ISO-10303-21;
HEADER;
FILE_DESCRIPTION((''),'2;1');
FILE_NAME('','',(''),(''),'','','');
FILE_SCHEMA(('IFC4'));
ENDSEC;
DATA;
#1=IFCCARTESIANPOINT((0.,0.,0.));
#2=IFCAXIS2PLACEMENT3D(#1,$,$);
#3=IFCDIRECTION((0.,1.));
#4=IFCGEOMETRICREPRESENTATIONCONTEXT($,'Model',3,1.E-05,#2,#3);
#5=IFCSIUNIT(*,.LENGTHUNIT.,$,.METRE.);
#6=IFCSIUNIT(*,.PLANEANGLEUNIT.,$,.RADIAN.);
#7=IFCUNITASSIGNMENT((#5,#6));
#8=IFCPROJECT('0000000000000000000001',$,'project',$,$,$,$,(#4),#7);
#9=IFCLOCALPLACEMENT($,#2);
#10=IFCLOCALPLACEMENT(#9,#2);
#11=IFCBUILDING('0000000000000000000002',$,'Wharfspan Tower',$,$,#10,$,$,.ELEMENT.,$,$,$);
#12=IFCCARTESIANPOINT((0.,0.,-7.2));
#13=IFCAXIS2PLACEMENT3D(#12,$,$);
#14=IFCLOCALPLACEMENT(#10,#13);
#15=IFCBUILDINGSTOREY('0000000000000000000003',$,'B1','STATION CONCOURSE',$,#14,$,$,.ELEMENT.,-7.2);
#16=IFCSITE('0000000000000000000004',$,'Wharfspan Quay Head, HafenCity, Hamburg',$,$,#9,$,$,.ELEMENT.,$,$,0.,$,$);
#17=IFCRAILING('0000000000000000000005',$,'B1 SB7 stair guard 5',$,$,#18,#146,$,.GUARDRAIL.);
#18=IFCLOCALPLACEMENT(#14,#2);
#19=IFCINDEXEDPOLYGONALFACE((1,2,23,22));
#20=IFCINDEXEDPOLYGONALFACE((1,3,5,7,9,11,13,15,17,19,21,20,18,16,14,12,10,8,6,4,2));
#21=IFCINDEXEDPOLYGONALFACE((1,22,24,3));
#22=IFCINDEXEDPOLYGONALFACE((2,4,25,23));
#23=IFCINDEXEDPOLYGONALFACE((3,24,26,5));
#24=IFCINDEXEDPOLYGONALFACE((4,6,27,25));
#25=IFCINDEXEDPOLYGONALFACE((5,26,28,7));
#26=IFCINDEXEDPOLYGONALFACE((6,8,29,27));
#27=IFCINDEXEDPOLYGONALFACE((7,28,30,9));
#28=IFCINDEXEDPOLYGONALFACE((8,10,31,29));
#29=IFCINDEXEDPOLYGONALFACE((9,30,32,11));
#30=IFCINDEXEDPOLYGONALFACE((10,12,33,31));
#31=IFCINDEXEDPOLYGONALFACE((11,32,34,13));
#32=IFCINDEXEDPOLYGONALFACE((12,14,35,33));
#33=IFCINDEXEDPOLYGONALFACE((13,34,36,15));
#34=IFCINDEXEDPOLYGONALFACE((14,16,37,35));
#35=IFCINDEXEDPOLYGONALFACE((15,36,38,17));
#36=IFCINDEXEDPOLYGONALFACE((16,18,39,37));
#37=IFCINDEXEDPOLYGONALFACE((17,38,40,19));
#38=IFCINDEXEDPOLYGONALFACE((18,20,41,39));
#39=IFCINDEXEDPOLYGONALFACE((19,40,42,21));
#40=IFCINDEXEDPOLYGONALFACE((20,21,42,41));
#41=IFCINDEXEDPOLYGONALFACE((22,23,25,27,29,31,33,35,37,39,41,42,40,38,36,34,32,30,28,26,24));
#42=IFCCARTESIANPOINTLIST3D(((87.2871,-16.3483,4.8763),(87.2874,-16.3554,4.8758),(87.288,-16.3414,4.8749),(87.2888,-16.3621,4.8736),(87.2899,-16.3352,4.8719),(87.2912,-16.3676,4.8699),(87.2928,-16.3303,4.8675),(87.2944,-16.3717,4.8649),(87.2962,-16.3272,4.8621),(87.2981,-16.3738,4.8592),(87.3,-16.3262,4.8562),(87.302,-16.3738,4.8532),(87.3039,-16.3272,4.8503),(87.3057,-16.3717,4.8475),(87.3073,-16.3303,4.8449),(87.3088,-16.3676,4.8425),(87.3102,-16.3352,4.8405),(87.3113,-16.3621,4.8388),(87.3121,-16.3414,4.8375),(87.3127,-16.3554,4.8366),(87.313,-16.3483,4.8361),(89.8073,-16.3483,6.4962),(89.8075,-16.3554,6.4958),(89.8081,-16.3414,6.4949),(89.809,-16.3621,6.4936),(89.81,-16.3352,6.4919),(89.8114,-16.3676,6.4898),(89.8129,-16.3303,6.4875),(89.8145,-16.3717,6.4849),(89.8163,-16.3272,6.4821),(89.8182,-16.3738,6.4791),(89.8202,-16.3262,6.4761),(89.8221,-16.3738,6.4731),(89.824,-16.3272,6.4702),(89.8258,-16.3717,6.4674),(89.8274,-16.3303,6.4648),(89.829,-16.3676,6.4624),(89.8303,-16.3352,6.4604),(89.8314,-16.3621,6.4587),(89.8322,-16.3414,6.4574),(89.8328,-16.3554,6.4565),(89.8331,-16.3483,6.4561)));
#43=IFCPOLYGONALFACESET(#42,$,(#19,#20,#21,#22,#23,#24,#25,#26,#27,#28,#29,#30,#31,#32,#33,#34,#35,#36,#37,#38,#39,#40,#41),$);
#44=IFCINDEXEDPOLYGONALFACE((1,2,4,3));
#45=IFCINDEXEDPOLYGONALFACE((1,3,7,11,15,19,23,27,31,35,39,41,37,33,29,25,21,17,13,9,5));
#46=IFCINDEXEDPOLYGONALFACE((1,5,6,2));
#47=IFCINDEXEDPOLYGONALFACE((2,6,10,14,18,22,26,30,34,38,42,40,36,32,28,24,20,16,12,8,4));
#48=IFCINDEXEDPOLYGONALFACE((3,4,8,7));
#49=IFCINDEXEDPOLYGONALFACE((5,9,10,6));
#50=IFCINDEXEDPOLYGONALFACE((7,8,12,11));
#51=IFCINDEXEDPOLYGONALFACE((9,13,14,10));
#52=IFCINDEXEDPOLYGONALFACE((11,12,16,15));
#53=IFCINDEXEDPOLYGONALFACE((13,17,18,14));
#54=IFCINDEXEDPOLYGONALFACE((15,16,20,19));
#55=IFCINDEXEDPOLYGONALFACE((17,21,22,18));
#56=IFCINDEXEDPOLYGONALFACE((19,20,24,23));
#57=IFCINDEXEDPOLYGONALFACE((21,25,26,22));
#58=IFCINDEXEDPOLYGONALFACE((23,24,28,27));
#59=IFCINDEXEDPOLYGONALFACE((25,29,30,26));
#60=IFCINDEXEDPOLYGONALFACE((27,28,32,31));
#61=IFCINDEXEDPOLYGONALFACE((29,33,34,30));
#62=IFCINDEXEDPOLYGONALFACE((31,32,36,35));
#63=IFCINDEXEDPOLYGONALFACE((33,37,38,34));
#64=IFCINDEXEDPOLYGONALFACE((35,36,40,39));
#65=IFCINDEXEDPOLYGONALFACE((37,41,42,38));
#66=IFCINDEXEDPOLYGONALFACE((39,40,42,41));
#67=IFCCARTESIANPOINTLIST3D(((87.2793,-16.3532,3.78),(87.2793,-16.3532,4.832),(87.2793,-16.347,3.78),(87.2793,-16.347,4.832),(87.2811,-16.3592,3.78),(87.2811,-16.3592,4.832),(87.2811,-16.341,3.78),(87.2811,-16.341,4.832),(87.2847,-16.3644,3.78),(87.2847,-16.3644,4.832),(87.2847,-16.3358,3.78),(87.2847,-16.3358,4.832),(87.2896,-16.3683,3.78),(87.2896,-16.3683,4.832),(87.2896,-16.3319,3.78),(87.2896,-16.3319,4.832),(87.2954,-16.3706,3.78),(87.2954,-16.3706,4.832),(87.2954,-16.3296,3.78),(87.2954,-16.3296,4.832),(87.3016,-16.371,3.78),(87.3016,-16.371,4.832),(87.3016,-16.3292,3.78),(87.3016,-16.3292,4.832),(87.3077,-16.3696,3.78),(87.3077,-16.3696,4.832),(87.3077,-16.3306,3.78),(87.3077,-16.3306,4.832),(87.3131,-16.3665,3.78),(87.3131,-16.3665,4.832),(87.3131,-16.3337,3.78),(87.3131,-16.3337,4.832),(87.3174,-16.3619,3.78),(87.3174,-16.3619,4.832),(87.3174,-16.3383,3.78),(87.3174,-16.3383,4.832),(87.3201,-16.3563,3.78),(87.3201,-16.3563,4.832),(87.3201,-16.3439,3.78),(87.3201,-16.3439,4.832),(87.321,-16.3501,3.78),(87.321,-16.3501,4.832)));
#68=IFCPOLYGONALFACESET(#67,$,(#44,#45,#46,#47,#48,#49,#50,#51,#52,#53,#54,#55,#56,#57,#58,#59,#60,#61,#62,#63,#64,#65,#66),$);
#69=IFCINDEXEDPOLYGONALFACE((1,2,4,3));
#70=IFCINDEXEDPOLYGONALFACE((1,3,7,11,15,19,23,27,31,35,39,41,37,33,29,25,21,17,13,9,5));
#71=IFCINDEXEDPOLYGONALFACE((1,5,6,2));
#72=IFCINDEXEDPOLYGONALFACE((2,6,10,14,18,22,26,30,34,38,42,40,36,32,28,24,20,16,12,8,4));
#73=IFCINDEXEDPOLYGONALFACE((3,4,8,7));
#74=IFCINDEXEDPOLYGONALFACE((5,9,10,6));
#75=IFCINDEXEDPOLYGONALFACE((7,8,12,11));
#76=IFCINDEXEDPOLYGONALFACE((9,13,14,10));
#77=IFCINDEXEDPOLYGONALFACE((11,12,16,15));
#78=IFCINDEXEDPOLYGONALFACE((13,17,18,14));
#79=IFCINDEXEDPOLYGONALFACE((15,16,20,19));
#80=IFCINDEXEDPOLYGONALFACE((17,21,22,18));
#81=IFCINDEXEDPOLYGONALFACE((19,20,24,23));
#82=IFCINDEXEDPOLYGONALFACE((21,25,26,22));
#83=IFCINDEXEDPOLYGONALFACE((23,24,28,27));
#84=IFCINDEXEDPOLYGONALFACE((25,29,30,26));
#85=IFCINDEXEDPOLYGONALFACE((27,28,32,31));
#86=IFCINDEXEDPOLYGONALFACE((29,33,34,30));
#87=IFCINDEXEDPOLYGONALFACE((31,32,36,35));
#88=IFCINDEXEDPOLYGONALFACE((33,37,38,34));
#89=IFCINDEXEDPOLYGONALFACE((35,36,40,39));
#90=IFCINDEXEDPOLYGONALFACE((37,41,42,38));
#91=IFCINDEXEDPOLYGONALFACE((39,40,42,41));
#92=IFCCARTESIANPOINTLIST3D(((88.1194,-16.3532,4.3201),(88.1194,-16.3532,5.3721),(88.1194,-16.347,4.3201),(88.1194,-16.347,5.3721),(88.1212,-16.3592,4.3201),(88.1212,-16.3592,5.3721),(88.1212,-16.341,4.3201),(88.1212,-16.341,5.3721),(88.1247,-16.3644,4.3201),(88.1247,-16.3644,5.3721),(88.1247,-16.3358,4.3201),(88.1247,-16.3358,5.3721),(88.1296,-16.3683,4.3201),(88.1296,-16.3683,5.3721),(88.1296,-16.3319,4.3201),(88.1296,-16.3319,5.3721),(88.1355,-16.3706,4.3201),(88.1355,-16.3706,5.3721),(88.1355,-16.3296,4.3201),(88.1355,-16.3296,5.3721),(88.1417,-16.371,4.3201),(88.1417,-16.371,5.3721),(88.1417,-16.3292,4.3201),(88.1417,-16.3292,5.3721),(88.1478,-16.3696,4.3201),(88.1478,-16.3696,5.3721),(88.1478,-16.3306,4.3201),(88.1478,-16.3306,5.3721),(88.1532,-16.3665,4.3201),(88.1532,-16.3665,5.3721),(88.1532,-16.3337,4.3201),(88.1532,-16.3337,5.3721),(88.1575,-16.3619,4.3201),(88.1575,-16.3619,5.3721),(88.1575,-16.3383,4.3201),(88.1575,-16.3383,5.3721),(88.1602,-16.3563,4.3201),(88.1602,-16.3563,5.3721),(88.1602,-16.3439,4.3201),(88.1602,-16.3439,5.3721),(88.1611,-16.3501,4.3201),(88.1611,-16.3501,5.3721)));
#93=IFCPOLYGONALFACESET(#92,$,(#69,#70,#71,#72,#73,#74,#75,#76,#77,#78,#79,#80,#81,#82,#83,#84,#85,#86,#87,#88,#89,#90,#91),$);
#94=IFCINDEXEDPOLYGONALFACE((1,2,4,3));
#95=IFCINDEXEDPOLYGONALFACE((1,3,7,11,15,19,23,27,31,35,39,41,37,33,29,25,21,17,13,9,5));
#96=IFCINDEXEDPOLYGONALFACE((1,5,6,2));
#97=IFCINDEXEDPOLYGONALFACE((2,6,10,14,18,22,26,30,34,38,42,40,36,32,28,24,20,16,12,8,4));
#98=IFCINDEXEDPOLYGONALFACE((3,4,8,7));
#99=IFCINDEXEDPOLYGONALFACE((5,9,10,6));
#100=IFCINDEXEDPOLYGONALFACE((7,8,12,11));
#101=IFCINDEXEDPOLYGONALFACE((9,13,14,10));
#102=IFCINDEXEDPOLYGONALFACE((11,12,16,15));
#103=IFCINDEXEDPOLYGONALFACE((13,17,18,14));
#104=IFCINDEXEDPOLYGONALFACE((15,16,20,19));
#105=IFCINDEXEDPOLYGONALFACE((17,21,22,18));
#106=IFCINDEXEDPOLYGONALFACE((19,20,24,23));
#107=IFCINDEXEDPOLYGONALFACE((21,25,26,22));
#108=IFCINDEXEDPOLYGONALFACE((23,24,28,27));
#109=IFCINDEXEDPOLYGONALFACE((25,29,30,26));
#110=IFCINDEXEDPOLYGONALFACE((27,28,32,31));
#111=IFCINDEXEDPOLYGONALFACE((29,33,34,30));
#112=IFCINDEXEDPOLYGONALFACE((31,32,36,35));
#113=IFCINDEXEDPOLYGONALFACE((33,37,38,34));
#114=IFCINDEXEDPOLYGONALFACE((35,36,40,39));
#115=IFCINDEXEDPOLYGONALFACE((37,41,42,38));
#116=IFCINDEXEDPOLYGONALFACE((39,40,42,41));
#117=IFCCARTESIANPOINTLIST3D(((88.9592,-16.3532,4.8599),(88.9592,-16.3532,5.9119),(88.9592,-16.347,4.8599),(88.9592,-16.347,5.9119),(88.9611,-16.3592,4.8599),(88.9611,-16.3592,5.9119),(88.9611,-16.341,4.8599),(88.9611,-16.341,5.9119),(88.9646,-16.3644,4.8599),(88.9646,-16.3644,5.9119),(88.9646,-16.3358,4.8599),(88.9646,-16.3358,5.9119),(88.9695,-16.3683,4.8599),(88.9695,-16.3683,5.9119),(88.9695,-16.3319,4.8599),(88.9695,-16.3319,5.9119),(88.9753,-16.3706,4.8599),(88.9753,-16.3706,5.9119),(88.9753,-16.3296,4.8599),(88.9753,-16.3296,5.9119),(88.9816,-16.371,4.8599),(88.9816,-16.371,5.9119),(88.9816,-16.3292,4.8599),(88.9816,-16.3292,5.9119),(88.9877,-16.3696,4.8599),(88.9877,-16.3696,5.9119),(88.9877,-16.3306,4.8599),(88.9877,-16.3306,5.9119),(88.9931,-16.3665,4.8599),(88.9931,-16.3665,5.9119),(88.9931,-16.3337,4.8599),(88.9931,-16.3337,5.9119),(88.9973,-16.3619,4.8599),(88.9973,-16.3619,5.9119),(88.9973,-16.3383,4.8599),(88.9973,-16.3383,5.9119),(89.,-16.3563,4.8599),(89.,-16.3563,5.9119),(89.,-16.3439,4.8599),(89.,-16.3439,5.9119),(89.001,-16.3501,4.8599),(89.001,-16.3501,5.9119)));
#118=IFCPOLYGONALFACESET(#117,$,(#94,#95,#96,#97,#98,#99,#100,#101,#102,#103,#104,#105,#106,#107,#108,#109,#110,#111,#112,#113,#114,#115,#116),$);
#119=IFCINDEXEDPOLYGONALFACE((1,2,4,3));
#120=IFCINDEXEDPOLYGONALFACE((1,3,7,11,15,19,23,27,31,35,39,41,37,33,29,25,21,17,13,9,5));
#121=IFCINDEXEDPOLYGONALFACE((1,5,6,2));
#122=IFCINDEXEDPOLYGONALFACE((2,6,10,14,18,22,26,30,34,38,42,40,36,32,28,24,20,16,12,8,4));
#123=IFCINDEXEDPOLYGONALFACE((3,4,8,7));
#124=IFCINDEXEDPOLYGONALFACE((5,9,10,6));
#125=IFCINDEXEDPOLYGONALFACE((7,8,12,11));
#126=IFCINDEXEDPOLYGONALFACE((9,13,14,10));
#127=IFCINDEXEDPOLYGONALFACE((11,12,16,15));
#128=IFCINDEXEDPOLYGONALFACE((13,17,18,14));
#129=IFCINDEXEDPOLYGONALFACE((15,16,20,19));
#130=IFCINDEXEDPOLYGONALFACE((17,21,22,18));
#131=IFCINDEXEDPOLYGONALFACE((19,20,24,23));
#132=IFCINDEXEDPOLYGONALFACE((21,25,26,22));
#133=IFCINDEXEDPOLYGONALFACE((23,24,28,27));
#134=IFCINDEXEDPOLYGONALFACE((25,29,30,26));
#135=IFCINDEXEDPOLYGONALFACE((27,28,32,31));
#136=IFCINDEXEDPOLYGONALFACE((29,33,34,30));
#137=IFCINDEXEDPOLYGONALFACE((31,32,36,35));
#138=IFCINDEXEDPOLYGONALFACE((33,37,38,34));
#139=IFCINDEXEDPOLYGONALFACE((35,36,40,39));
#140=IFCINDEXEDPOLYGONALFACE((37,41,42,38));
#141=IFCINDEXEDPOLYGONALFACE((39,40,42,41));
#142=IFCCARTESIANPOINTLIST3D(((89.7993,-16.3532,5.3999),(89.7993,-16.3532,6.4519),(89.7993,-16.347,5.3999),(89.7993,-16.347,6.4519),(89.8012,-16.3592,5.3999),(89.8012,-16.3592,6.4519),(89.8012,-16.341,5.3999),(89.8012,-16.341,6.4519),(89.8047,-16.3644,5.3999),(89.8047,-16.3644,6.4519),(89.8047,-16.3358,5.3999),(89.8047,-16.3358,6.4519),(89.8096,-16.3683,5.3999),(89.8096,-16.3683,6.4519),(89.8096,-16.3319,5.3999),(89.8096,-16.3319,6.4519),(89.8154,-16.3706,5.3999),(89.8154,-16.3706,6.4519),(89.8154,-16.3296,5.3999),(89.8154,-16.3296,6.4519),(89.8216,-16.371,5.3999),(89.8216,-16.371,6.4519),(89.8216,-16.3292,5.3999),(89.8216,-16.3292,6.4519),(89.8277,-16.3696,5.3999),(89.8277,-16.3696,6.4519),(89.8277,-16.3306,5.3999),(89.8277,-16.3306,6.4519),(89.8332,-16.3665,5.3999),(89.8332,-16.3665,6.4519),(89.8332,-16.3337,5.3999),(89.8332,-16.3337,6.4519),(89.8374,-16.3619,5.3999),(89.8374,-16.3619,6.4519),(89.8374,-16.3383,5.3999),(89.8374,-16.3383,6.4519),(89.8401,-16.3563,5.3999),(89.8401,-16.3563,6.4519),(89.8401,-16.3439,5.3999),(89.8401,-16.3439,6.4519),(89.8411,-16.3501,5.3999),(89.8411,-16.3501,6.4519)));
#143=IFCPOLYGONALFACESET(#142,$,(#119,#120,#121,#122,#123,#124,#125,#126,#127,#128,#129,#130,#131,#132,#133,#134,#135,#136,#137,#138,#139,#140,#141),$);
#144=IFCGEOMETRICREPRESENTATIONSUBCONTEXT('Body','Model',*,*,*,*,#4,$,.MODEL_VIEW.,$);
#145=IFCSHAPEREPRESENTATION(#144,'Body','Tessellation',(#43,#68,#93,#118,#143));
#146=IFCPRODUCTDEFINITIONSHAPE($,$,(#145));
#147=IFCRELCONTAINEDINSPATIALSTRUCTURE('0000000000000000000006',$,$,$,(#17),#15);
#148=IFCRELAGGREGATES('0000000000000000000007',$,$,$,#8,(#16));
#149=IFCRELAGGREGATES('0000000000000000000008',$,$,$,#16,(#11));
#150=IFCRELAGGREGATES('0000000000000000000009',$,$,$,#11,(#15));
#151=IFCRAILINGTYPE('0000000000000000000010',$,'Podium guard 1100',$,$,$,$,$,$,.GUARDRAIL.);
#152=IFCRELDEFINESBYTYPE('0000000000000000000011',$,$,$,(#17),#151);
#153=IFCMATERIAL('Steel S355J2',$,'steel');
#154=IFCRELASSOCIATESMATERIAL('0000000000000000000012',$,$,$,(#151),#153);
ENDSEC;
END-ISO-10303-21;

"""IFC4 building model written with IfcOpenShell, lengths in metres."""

from ifc_helpers import new_model, si_unit, direction, frame, origin, origin_2d, place, context, subcontext, project, spatial, circle, extrude, material, type_object, element, save


model = new_model("IFC4")

# Units and contexts
model_context = context("Model", 3, precision=1e-05, world=origin(), true_north=direction((0.0, 1.0)))
body_context = subcontext(model_context, "Body", "Model", "MODEL_VIEW")
ifc_project = project(units=[si_unit("LENGTHUNIT", "METRE"), si_unit("PLANEANGLEUNIT", "RADIAN")], contexts=[model_context])

# Site, building, storey
site_placement = place(None, origin())
site = spatial("IfcSite", under=ifc_project, at=site_placement, Name="Wharfspan Quay Head, HafenCity, Hamburg", CompositionType="ELEMENT", RefElevation=0.0)
building_placement = place(site_placement, origin())
building = spatial("IfcBuilding", under=site, at=building_placement, Name="Wharfspan Tower", CompositionType="ELEMENT")
storey_placement = place(building_placement, frame((0.0, 0.0, -7.2)))
storey = spatial("IfcBuildingStorey", under=building, at=storey_placement, Name="B1", Description="STATION CONCOURSE", CompositionType="ELEMENT", Elevation=-7.2)

# Railing
ifc_material_1 = material(Name="Steel S355J2", Category="steel")
railing_type_1 = type_object("IfcRailingType", Name="Podium guard 1100", PredefinedType="GUARDRAIL", material=ifc_material_1)
railing_1_placement = place(storey_placement, frame((87.3, -16.3501, 3.78)))
element("IfcRailing", 1, at=railing_1_placement, inside=storey, type_object=railing_type_1, Name="B1 SB7 stair guard 5", PredefinedType="GUARDRAIL", context=body_context, shape_type="SweptSolid", body=[
    extrude(circle(Radius=0.0239, at=origin_2d()), frame((0.0, 0.0, 1.0762), z_axis=(0.8412, 0.0, 0.540725), x_axis=(0.0, 1.0, 0.0)), (0.0, 0.0, 1.0), 2.9958),
    extrude(circle(Radius=0.021, at=origin_2d()), origin(), (0.0, 0.0, 1.0), 1.052),
    extrude(circle(Radius=0.021, at=origin_2d()), frame((0.8401, 0.0, 0.54)), (0.0, 0.0, 1.0), 1.052),
    extrude(circle(Radius=0.021, at=origin_2d()), frame((1.6799, 0.0, 1.0798)), (0.0, 0.0, 1.0), 1.052),
    extrude(circle(Radius=0.021, at=origin_2d()), frame((2.52, 0.0, 1.6199)), (0.0, 0.0, 1.0), 1.052),
])

save(model, "model.ifc")
